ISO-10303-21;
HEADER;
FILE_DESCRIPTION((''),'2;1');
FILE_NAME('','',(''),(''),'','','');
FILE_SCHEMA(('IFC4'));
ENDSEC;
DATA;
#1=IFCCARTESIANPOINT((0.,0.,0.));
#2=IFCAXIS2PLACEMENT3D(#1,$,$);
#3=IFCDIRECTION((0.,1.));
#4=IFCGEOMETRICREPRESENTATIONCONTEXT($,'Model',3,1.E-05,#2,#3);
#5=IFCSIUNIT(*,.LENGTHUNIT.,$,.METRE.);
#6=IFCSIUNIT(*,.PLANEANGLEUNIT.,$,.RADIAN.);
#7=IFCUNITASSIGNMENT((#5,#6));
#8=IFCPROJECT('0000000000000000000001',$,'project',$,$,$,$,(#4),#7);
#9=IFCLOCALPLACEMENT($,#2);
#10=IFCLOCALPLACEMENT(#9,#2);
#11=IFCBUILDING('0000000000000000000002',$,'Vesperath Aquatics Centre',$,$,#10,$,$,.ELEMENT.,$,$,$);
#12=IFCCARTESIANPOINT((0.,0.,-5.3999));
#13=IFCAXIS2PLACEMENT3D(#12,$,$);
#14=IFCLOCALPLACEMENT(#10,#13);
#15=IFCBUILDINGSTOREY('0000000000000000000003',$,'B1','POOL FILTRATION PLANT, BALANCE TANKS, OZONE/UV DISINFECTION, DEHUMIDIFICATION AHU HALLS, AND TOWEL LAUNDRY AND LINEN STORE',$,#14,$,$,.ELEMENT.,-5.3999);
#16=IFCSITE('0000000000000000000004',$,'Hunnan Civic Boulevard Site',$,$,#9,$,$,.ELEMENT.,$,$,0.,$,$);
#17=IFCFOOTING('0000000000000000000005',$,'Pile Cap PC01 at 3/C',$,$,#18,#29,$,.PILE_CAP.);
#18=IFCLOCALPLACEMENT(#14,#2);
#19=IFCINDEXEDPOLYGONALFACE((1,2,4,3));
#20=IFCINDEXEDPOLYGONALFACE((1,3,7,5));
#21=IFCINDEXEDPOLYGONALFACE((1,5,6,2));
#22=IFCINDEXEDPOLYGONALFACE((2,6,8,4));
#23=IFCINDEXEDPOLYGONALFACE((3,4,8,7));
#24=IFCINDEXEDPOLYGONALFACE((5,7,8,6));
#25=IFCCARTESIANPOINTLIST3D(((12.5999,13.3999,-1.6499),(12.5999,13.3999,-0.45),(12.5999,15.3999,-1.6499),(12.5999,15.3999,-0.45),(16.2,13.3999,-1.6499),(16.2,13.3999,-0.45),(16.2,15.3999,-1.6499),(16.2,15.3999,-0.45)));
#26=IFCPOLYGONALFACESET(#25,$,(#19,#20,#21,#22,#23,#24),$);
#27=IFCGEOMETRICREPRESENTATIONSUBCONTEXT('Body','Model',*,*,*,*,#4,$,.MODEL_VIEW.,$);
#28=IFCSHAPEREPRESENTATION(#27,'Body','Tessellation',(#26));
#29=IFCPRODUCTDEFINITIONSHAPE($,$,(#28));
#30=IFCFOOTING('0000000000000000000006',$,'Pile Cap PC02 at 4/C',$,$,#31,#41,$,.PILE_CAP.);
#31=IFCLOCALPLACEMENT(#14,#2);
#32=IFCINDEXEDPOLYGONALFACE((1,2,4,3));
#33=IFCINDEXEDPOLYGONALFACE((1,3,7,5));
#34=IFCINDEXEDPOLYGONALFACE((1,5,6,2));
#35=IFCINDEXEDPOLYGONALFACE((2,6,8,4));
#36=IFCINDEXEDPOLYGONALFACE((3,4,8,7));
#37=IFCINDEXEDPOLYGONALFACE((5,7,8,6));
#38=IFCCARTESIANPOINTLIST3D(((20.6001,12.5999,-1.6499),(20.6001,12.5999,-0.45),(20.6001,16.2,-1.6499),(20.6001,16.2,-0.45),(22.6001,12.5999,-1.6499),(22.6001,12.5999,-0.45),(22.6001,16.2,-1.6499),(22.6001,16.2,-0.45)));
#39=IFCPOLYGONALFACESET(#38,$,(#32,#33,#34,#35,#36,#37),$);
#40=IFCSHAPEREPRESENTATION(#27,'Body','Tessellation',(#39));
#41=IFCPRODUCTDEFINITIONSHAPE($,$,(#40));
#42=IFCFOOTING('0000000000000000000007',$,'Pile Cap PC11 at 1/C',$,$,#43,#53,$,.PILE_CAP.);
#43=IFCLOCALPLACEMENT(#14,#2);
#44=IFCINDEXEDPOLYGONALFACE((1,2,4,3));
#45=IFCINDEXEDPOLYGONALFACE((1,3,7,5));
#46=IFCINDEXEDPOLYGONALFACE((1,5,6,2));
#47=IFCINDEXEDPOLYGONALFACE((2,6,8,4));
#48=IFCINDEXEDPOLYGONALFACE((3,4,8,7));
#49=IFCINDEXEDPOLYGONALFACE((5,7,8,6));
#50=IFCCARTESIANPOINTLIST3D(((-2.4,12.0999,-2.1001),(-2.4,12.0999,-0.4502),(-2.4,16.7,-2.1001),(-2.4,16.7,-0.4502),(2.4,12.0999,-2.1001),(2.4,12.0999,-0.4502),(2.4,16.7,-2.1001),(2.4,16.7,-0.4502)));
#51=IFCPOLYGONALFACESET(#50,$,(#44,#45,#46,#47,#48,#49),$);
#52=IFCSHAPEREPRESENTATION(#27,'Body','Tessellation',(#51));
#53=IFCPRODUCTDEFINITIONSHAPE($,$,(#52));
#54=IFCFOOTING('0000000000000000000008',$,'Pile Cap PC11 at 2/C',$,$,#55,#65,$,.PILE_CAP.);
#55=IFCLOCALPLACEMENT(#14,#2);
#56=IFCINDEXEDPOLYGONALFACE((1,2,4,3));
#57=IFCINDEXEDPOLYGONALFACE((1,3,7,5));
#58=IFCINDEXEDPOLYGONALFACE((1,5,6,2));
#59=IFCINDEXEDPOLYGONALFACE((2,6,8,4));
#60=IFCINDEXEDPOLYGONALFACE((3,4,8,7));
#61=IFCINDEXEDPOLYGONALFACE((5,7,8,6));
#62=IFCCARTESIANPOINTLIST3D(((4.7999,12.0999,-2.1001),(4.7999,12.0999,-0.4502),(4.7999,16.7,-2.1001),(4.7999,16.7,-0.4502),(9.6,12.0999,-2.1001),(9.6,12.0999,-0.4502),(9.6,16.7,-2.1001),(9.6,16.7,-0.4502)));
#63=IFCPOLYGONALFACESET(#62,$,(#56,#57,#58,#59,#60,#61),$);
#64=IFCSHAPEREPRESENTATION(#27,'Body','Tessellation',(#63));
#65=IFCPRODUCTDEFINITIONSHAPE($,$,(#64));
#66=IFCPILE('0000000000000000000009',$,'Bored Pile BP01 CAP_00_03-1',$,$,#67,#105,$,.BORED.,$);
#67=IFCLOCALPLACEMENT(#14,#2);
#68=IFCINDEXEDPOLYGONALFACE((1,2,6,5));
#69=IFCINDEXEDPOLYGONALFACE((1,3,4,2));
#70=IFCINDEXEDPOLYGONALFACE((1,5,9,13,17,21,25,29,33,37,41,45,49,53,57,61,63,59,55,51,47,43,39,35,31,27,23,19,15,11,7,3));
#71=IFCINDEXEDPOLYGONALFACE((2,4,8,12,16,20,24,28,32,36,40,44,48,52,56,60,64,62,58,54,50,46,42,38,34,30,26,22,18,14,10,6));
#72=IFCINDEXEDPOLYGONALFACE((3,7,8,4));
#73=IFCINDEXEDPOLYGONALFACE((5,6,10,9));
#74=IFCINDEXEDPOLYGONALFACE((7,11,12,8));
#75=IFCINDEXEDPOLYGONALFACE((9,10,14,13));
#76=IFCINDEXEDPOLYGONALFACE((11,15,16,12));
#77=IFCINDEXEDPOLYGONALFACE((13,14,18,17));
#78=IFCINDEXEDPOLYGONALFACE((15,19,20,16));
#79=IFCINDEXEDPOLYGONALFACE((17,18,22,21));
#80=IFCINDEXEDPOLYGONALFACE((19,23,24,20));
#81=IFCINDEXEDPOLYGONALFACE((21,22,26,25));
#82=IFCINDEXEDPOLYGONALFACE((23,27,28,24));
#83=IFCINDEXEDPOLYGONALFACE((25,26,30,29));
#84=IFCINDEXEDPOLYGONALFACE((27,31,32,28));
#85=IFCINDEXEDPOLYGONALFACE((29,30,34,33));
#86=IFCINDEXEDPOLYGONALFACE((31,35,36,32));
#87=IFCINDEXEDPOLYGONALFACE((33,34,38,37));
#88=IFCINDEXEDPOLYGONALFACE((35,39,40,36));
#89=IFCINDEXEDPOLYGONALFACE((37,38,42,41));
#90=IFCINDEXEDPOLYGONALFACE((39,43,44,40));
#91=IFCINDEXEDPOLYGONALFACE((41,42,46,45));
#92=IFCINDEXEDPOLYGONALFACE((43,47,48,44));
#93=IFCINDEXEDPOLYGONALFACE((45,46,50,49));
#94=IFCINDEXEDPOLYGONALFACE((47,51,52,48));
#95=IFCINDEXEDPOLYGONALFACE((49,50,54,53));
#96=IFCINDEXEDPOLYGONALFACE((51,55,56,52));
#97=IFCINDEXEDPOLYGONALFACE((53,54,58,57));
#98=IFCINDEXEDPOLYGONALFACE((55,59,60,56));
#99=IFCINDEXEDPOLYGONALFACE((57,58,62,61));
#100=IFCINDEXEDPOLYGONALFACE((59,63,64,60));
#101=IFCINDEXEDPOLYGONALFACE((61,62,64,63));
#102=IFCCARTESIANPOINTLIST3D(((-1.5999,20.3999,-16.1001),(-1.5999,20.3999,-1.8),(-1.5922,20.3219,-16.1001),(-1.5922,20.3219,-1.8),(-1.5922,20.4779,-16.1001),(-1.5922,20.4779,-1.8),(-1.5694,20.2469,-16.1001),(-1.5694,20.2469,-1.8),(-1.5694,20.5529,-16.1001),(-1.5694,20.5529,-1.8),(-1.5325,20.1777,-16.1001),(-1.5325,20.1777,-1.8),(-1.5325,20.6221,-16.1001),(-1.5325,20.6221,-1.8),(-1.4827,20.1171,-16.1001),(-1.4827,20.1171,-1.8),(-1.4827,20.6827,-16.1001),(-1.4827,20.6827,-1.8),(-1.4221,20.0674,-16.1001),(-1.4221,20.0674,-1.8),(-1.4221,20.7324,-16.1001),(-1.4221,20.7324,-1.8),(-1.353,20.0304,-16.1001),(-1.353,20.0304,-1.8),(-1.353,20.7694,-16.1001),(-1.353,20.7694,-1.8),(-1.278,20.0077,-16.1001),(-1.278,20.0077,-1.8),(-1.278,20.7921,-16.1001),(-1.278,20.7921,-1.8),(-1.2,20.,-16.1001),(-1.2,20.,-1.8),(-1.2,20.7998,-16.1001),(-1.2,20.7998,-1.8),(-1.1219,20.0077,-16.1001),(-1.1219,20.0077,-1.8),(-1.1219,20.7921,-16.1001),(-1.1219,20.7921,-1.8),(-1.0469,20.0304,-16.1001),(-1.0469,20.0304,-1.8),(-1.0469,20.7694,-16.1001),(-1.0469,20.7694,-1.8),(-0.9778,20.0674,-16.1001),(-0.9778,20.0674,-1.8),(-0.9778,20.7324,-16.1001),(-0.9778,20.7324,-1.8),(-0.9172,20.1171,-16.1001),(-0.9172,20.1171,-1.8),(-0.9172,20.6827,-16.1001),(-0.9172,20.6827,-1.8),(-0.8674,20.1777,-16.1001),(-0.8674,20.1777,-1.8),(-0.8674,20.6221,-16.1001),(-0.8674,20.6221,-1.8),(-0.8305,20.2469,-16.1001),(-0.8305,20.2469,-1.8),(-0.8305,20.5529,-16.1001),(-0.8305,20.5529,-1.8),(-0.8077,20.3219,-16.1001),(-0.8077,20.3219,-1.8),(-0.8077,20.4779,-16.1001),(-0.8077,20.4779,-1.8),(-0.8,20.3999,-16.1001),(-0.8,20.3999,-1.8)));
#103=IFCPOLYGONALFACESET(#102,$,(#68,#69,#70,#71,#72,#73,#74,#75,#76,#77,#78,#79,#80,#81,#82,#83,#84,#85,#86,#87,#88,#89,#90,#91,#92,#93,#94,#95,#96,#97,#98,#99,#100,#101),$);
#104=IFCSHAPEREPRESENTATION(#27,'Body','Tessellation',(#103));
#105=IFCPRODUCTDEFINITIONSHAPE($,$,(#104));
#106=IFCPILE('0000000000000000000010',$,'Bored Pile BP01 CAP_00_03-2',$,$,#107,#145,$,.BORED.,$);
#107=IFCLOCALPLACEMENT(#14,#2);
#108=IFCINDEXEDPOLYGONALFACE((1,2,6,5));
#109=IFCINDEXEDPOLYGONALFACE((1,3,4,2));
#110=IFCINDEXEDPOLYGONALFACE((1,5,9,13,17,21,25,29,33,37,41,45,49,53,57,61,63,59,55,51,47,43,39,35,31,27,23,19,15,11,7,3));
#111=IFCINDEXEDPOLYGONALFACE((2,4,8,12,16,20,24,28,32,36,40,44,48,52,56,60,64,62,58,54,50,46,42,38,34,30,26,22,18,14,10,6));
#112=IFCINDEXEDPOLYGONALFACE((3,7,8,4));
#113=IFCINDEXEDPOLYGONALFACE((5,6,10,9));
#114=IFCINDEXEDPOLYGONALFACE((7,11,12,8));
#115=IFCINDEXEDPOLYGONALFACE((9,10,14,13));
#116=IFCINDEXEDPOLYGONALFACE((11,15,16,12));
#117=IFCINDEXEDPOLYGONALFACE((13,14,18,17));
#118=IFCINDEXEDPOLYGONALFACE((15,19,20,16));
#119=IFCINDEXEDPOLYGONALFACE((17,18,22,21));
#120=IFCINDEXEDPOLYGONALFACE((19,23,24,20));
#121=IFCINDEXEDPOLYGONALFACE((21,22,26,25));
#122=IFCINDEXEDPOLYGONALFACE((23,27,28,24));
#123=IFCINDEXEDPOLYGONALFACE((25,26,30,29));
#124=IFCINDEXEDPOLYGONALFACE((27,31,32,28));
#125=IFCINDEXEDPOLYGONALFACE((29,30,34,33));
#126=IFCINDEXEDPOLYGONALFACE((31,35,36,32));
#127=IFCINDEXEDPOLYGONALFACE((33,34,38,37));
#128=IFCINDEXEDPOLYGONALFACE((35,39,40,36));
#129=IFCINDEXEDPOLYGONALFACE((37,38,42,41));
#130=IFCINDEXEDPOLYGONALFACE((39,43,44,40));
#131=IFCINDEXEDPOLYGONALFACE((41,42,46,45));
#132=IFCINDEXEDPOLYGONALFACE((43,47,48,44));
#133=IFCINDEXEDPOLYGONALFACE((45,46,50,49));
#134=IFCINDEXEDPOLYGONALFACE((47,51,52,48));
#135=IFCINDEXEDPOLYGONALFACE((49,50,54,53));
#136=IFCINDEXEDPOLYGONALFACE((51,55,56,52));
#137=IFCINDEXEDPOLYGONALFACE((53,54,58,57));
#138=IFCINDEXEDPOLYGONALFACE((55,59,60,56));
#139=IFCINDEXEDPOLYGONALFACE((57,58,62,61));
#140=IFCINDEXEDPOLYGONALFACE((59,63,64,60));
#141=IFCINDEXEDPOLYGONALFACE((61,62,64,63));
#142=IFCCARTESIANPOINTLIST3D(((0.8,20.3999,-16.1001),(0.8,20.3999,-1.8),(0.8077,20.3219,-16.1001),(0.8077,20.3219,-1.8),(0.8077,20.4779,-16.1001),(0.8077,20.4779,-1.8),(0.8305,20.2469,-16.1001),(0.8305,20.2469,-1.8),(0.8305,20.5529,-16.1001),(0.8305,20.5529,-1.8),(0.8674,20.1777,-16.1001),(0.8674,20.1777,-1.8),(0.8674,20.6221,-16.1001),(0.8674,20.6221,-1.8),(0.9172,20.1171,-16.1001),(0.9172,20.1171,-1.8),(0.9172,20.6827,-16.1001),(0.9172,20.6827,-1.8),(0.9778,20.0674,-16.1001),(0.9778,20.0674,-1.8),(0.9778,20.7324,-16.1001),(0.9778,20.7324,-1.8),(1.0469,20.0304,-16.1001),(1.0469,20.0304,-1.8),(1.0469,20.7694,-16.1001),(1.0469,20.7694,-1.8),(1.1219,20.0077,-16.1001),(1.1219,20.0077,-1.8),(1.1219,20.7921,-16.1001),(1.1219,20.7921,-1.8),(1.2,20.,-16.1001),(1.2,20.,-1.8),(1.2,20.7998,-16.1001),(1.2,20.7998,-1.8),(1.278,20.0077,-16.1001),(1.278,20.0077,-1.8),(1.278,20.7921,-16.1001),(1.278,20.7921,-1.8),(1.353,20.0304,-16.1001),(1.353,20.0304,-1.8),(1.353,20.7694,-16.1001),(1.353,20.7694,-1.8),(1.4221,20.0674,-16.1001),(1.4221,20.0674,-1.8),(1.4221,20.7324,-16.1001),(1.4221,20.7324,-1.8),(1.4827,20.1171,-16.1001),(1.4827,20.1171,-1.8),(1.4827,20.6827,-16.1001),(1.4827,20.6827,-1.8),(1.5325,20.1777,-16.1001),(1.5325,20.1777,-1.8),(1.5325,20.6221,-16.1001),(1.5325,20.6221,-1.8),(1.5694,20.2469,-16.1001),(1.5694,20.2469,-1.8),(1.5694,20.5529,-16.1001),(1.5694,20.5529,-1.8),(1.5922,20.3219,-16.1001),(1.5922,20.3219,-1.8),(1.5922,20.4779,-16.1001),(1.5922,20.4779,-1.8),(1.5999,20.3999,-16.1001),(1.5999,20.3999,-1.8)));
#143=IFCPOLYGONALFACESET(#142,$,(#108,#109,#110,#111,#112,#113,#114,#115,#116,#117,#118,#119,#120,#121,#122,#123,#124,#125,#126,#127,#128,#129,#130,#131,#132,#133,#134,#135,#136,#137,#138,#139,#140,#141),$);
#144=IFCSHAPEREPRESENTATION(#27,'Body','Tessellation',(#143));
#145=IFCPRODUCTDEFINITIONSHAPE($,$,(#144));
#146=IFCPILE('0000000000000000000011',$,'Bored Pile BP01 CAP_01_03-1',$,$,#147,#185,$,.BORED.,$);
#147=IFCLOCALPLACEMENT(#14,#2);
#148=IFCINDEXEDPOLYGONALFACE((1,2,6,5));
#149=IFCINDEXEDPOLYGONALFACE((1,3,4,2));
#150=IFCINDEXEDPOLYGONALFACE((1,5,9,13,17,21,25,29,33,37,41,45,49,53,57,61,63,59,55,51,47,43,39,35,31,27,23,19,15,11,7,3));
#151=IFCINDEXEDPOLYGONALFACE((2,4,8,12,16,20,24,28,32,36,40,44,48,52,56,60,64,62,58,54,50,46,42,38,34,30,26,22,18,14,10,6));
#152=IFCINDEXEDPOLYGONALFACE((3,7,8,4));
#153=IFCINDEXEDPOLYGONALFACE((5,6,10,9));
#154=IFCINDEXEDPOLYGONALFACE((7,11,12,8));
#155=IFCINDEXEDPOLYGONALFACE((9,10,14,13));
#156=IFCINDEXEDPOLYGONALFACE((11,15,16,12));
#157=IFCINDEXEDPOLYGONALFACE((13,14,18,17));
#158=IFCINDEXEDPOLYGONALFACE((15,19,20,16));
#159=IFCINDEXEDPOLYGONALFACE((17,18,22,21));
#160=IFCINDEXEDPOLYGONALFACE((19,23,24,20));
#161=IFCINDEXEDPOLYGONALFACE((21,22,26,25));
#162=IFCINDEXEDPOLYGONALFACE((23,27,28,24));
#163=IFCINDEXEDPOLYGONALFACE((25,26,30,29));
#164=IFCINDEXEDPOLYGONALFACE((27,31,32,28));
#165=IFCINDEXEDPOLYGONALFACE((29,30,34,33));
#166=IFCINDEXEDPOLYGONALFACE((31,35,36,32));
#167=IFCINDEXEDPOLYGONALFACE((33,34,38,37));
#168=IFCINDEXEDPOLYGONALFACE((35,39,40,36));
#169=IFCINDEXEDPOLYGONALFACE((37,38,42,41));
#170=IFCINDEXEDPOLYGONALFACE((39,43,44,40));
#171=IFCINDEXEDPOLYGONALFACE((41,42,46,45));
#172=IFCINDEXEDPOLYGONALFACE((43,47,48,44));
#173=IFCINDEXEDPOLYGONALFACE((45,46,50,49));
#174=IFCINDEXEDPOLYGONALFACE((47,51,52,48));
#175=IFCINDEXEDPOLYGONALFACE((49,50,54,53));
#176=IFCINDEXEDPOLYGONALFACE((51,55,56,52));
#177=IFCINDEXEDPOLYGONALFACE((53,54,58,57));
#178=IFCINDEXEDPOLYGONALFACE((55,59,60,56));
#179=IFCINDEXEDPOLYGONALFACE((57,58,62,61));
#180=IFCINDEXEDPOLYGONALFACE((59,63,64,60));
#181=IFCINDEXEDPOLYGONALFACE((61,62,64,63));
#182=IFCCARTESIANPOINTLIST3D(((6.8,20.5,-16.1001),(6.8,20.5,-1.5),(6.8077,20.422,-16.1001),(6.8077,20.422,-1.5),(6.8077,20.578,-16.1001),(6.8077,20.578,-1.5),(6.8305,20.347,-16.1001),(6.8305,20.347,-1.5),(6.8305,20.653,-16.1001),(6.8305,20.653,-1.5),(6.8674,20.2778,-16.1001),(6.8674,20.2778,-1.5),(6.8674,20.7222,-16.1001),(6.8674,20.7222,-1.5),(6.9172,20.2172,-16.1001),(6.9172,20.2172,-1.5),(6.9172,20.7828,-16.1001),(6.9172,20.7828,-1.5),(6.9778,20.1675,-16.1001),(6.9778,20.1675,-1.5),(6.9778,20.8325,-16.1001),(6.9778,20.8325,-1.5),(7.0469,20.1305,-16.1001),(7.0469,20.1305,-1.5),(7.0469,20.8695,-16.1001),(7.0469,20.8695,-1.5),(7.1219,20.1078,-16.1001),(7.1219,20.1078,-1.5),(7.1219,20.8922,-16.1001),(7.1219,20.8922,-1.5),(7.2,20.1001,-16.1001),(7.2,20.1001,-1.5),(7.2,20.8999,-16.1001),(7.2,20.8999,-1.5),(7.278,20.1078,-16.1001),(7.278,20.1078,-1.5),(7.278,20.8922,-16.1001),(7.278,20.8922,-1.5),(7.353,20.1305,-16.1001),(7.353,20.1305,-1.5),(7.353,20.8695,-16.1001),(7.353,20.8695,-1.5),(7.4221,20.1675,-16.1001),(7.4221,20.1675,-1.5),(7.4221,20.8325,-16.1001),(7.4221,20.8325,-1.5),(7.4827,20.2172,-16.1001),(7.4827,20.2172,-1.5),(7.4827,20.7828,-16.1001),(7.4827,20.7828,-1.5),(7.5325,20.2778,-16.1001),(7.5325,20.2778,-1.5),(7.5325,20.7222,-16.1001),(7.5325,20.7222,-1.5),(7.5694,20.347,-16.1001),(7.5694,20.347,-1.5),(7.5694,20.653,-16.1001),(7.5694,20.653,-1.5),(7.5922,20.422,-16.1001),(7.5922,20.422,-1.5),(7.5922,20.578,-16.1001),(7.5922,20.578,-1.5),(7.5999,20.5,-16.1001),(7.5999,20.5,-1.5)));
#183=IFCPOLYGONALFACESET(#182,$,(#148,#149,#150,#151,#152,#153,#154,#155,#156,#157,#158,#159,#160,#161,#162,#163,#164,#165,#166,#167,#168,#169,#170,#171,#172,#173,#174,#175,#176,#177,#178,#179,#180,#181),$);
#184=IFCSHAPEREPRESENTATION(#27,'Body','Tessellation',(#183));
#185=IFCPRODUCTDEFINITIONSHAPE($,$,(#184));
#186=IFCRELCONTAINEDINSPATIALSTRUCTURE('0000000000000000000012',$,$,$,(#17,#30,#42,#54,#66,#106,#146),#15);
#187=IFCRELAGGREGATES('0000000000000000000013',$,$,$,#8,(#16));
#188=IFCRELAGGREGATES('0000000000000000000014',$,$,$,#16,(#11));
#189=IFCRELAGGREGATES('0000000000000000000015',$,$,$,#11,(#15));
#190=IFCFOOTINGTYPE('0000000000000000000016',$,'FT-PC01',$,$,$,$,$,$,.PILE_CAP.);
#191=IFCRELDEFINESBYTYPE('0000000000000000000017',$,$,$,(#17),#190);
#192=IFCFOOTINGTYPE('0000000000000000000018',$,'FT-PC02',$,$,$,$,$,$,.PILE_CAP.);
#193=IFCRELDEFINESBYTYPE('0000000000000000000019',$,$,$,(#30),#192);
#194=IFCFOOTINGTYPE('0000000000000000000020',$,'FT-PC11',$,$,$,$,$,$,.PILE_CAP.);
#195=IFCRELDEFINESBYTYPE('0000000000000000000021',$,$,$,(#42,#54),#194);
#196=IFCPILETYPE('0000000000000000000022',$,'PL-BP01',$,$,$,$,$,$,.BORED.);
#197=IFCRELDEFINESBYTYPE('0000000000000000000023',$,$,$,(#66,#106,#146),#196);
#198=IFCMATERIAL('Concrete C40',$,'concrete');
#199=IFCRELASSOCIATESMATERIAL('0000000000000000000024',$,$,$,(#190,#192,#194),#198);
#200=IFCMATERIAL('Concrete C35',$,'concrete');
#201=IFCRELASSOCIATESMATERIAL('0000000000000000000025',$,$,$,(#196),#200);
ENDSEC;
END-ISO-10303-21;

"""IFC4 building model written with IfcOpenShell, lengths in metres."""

from ifc_helpers import new_model, si_unit, direction, frame, origin, origin_2d, place, context, subcontext, project, spatial, rectangle, circle, extrude, material, material_profile, profile_set, type_object, element, save


model = new_model("IFC4")

# Units and contexts
model_context = context("Model", 3, precision=1e-05, world=origin(), true_north=direction((0.0, 1.0)))
body_context = subcontext(model_context, "Body", "Model", "MODEL_VIEW")
ifc_project = project(units=[si_unit("LENGTHUNIT", "METRE"), si_unit("PLANEANGLEUNIT", "RADIAN")], contexts=[model_context])

# Site, building, storey
site_placement = place(None, origin())
site = spatial("IfcSite", under=ifc_project, at=site_placement, Name="Hunnan Civic Boulevard Site", CompositionType="ELEMENT", RefElevation=0.0)
building_placement = place(site_placement, origin())
building = spatial("IfcBuilding", under=site, at=building_placement, Name="Vesperath Aquatics Centre", CompositionType="ELEMENT")
storey_placement = place(building_placement, frame((0.0, 0.0, -5.3999)))
storey = spatial("IfcBuildingStorey", under=building, at=storey_placement, Name="B1", Description="POOL FILTRATION PLANT, BALANCE TANKS, OZONE/UV DISINFECTION, DEHUMIDIFICATION AHU HALLS, AND TOWEL LAUNDRY AND LINEN STORE", CompositionType="ELEMENT", Elevation=-5.3999)

# Footings
ifc_material_1 = material(Name="Concrete C40", Category="concrete")
footing_type_1 = type_object("IfcFootingType", Name="FT-PC01", PredefinedType="PILE_CAP", material=ifc_material_1)
footing_1_placement = place(storey_placement, frame((14.3999, 14.3999, -1.6499), z_axis=(0.0, 0.0, 1.0), x_axis=(1.0, 0.0, 0.0)))
element("IfcFooting", 1, at=footing_1_placement, inside=storey, type_object=footing_type_1, Name="Pile Cap PC01 at 3/C", PredefinedType="PILE_CAP", context=body_context, shape_type="SweptSolid", body=[
    extrude(rectangle(XDim=3.6001, YDim=2.0, at=origin_2d()), origin(), (0.0, 0.0, 1.0), 1.2),
])
footing_type_2 = type_object("IfcFootingType", Name="FT-PC02", PredefinedType="PILE_CAP", material=ifc_material_1)
footing_2_placement = place(storey_placement, frame((21.6001, 14.3999, -1.6499), z_axis=(0.0, 0.0, 1.0), x_axis=(1.0, 0.0, 0.0)))
element("IfcFooting", 2, at=footing_2_placement, inside=storey, type_object=footing_type_2, Name="Pile Cap PC02 at 4/C", PredefinedType="PILE_CAP", context=body_context, shape_type="SweptSolid", body=[
    extrude(rectangle(XDim=2.0, YDim=3.6001, at=origin_2d()), origin(), (0.0, 0.0, 1.0), 1.2),
])
footing_type_3 = type_object("IfcFootingType", Name="FT-PC11", PredefinedType="PILE_CAP", material=ifc_material_1)
for number, where, z_axis, x_axis, name in (
    (3, (0.0, 14.3999, -2.1001), (0.0, 0.0, 1.0), (1.0, 0.0, 0.0), "Pile Cap PC11 at 1/C"),
    (4, (7.2, 14.3999, -2.1001), (0.0, 0.0, 1.0), (1.0, 0.0, 0.0), "Pile Cap PC11 at 2/C"),
):
    element("IfcFooting", number, at=place(storey_placement, frame(where, z_axis=z_axis, x_axis=x_axis)), inside=storey, type_object=footing_type_3, Name=name, PredefinedType="PILE_CAP", context=body_context, shape_type="SweptSolid", body=[
        extrude(rectangle(XDim=4.8, YDim=4.6001, at=origin_2d()), origin(), (0.0, 0.0, 1.0), 1.6499),
    ])

# Piles
ifc_material_2 = material(Name="Concrete C35", Category="concrete")
ifc_material_profile_1 = material_profile(ifc_material_2, circle(Radius=0.3999, at=origin_2d()), Name="PILE D800")
ifc_profile_set_1 = profile_set([ifc_material_profile_1], Name="Concrete C35")
pile_type_1 = type_object("IfcPileType", Name="PL-BP01", PredefinedType="BORED", material=ifc_profile_set_1)
for number, where, z_axis, x_axis, name in (
    (5, (-1.2, 20.3999, -1.8), (0.0, 0.0, -1.0), (1.0, 0.0, 0.0), "Bored Pile BP01 CAP_00_03-1"),
    (6, (1.2, 20.3999, -1.8), (0.0, 0.0, -1.0), (1.0, 0.0, 0.0), "Bored Pile BP01 CAP_00_03-2"),
):
    element("IfcPile", number, at=place(storey_placement, frame(where, z_axis=z_axis, x_axis=x_axis)), inside=storey, type_object=pile_type_1, Name=name, PredefinedType="BORED", context=body_context, shape_type="SweptSolid", body=[
        extrude(circle(Radius=0.3999, at=origin_2d()), origin(), (0.0, 0.0, 1.0), 14.3),
    ])
for number, where, z_axis, x_axis, name in (
    (7, (7.2, 20.5, -1.5), (0.0, 0.0, -1.0), (1.0, 0.0, 0.0), "Bored Pile BP01 CAP_01_03-1"),
):
    element("IfcPile", number, at=place(storey_placement, frame(where, z_axis=z_axis, x_axis=x_axis)), inside=storey, type_object=pile_type_1, Name=name, PredefinedType="BORED", context=body_context, shape_type="SweptSolid", body=[
        extrude(circle(Radius=0.3999, at=origin_2d()), origin(), (0.0, 0.0, 1.0), 14.6001),
    ])

save(model, "model.ifc")
